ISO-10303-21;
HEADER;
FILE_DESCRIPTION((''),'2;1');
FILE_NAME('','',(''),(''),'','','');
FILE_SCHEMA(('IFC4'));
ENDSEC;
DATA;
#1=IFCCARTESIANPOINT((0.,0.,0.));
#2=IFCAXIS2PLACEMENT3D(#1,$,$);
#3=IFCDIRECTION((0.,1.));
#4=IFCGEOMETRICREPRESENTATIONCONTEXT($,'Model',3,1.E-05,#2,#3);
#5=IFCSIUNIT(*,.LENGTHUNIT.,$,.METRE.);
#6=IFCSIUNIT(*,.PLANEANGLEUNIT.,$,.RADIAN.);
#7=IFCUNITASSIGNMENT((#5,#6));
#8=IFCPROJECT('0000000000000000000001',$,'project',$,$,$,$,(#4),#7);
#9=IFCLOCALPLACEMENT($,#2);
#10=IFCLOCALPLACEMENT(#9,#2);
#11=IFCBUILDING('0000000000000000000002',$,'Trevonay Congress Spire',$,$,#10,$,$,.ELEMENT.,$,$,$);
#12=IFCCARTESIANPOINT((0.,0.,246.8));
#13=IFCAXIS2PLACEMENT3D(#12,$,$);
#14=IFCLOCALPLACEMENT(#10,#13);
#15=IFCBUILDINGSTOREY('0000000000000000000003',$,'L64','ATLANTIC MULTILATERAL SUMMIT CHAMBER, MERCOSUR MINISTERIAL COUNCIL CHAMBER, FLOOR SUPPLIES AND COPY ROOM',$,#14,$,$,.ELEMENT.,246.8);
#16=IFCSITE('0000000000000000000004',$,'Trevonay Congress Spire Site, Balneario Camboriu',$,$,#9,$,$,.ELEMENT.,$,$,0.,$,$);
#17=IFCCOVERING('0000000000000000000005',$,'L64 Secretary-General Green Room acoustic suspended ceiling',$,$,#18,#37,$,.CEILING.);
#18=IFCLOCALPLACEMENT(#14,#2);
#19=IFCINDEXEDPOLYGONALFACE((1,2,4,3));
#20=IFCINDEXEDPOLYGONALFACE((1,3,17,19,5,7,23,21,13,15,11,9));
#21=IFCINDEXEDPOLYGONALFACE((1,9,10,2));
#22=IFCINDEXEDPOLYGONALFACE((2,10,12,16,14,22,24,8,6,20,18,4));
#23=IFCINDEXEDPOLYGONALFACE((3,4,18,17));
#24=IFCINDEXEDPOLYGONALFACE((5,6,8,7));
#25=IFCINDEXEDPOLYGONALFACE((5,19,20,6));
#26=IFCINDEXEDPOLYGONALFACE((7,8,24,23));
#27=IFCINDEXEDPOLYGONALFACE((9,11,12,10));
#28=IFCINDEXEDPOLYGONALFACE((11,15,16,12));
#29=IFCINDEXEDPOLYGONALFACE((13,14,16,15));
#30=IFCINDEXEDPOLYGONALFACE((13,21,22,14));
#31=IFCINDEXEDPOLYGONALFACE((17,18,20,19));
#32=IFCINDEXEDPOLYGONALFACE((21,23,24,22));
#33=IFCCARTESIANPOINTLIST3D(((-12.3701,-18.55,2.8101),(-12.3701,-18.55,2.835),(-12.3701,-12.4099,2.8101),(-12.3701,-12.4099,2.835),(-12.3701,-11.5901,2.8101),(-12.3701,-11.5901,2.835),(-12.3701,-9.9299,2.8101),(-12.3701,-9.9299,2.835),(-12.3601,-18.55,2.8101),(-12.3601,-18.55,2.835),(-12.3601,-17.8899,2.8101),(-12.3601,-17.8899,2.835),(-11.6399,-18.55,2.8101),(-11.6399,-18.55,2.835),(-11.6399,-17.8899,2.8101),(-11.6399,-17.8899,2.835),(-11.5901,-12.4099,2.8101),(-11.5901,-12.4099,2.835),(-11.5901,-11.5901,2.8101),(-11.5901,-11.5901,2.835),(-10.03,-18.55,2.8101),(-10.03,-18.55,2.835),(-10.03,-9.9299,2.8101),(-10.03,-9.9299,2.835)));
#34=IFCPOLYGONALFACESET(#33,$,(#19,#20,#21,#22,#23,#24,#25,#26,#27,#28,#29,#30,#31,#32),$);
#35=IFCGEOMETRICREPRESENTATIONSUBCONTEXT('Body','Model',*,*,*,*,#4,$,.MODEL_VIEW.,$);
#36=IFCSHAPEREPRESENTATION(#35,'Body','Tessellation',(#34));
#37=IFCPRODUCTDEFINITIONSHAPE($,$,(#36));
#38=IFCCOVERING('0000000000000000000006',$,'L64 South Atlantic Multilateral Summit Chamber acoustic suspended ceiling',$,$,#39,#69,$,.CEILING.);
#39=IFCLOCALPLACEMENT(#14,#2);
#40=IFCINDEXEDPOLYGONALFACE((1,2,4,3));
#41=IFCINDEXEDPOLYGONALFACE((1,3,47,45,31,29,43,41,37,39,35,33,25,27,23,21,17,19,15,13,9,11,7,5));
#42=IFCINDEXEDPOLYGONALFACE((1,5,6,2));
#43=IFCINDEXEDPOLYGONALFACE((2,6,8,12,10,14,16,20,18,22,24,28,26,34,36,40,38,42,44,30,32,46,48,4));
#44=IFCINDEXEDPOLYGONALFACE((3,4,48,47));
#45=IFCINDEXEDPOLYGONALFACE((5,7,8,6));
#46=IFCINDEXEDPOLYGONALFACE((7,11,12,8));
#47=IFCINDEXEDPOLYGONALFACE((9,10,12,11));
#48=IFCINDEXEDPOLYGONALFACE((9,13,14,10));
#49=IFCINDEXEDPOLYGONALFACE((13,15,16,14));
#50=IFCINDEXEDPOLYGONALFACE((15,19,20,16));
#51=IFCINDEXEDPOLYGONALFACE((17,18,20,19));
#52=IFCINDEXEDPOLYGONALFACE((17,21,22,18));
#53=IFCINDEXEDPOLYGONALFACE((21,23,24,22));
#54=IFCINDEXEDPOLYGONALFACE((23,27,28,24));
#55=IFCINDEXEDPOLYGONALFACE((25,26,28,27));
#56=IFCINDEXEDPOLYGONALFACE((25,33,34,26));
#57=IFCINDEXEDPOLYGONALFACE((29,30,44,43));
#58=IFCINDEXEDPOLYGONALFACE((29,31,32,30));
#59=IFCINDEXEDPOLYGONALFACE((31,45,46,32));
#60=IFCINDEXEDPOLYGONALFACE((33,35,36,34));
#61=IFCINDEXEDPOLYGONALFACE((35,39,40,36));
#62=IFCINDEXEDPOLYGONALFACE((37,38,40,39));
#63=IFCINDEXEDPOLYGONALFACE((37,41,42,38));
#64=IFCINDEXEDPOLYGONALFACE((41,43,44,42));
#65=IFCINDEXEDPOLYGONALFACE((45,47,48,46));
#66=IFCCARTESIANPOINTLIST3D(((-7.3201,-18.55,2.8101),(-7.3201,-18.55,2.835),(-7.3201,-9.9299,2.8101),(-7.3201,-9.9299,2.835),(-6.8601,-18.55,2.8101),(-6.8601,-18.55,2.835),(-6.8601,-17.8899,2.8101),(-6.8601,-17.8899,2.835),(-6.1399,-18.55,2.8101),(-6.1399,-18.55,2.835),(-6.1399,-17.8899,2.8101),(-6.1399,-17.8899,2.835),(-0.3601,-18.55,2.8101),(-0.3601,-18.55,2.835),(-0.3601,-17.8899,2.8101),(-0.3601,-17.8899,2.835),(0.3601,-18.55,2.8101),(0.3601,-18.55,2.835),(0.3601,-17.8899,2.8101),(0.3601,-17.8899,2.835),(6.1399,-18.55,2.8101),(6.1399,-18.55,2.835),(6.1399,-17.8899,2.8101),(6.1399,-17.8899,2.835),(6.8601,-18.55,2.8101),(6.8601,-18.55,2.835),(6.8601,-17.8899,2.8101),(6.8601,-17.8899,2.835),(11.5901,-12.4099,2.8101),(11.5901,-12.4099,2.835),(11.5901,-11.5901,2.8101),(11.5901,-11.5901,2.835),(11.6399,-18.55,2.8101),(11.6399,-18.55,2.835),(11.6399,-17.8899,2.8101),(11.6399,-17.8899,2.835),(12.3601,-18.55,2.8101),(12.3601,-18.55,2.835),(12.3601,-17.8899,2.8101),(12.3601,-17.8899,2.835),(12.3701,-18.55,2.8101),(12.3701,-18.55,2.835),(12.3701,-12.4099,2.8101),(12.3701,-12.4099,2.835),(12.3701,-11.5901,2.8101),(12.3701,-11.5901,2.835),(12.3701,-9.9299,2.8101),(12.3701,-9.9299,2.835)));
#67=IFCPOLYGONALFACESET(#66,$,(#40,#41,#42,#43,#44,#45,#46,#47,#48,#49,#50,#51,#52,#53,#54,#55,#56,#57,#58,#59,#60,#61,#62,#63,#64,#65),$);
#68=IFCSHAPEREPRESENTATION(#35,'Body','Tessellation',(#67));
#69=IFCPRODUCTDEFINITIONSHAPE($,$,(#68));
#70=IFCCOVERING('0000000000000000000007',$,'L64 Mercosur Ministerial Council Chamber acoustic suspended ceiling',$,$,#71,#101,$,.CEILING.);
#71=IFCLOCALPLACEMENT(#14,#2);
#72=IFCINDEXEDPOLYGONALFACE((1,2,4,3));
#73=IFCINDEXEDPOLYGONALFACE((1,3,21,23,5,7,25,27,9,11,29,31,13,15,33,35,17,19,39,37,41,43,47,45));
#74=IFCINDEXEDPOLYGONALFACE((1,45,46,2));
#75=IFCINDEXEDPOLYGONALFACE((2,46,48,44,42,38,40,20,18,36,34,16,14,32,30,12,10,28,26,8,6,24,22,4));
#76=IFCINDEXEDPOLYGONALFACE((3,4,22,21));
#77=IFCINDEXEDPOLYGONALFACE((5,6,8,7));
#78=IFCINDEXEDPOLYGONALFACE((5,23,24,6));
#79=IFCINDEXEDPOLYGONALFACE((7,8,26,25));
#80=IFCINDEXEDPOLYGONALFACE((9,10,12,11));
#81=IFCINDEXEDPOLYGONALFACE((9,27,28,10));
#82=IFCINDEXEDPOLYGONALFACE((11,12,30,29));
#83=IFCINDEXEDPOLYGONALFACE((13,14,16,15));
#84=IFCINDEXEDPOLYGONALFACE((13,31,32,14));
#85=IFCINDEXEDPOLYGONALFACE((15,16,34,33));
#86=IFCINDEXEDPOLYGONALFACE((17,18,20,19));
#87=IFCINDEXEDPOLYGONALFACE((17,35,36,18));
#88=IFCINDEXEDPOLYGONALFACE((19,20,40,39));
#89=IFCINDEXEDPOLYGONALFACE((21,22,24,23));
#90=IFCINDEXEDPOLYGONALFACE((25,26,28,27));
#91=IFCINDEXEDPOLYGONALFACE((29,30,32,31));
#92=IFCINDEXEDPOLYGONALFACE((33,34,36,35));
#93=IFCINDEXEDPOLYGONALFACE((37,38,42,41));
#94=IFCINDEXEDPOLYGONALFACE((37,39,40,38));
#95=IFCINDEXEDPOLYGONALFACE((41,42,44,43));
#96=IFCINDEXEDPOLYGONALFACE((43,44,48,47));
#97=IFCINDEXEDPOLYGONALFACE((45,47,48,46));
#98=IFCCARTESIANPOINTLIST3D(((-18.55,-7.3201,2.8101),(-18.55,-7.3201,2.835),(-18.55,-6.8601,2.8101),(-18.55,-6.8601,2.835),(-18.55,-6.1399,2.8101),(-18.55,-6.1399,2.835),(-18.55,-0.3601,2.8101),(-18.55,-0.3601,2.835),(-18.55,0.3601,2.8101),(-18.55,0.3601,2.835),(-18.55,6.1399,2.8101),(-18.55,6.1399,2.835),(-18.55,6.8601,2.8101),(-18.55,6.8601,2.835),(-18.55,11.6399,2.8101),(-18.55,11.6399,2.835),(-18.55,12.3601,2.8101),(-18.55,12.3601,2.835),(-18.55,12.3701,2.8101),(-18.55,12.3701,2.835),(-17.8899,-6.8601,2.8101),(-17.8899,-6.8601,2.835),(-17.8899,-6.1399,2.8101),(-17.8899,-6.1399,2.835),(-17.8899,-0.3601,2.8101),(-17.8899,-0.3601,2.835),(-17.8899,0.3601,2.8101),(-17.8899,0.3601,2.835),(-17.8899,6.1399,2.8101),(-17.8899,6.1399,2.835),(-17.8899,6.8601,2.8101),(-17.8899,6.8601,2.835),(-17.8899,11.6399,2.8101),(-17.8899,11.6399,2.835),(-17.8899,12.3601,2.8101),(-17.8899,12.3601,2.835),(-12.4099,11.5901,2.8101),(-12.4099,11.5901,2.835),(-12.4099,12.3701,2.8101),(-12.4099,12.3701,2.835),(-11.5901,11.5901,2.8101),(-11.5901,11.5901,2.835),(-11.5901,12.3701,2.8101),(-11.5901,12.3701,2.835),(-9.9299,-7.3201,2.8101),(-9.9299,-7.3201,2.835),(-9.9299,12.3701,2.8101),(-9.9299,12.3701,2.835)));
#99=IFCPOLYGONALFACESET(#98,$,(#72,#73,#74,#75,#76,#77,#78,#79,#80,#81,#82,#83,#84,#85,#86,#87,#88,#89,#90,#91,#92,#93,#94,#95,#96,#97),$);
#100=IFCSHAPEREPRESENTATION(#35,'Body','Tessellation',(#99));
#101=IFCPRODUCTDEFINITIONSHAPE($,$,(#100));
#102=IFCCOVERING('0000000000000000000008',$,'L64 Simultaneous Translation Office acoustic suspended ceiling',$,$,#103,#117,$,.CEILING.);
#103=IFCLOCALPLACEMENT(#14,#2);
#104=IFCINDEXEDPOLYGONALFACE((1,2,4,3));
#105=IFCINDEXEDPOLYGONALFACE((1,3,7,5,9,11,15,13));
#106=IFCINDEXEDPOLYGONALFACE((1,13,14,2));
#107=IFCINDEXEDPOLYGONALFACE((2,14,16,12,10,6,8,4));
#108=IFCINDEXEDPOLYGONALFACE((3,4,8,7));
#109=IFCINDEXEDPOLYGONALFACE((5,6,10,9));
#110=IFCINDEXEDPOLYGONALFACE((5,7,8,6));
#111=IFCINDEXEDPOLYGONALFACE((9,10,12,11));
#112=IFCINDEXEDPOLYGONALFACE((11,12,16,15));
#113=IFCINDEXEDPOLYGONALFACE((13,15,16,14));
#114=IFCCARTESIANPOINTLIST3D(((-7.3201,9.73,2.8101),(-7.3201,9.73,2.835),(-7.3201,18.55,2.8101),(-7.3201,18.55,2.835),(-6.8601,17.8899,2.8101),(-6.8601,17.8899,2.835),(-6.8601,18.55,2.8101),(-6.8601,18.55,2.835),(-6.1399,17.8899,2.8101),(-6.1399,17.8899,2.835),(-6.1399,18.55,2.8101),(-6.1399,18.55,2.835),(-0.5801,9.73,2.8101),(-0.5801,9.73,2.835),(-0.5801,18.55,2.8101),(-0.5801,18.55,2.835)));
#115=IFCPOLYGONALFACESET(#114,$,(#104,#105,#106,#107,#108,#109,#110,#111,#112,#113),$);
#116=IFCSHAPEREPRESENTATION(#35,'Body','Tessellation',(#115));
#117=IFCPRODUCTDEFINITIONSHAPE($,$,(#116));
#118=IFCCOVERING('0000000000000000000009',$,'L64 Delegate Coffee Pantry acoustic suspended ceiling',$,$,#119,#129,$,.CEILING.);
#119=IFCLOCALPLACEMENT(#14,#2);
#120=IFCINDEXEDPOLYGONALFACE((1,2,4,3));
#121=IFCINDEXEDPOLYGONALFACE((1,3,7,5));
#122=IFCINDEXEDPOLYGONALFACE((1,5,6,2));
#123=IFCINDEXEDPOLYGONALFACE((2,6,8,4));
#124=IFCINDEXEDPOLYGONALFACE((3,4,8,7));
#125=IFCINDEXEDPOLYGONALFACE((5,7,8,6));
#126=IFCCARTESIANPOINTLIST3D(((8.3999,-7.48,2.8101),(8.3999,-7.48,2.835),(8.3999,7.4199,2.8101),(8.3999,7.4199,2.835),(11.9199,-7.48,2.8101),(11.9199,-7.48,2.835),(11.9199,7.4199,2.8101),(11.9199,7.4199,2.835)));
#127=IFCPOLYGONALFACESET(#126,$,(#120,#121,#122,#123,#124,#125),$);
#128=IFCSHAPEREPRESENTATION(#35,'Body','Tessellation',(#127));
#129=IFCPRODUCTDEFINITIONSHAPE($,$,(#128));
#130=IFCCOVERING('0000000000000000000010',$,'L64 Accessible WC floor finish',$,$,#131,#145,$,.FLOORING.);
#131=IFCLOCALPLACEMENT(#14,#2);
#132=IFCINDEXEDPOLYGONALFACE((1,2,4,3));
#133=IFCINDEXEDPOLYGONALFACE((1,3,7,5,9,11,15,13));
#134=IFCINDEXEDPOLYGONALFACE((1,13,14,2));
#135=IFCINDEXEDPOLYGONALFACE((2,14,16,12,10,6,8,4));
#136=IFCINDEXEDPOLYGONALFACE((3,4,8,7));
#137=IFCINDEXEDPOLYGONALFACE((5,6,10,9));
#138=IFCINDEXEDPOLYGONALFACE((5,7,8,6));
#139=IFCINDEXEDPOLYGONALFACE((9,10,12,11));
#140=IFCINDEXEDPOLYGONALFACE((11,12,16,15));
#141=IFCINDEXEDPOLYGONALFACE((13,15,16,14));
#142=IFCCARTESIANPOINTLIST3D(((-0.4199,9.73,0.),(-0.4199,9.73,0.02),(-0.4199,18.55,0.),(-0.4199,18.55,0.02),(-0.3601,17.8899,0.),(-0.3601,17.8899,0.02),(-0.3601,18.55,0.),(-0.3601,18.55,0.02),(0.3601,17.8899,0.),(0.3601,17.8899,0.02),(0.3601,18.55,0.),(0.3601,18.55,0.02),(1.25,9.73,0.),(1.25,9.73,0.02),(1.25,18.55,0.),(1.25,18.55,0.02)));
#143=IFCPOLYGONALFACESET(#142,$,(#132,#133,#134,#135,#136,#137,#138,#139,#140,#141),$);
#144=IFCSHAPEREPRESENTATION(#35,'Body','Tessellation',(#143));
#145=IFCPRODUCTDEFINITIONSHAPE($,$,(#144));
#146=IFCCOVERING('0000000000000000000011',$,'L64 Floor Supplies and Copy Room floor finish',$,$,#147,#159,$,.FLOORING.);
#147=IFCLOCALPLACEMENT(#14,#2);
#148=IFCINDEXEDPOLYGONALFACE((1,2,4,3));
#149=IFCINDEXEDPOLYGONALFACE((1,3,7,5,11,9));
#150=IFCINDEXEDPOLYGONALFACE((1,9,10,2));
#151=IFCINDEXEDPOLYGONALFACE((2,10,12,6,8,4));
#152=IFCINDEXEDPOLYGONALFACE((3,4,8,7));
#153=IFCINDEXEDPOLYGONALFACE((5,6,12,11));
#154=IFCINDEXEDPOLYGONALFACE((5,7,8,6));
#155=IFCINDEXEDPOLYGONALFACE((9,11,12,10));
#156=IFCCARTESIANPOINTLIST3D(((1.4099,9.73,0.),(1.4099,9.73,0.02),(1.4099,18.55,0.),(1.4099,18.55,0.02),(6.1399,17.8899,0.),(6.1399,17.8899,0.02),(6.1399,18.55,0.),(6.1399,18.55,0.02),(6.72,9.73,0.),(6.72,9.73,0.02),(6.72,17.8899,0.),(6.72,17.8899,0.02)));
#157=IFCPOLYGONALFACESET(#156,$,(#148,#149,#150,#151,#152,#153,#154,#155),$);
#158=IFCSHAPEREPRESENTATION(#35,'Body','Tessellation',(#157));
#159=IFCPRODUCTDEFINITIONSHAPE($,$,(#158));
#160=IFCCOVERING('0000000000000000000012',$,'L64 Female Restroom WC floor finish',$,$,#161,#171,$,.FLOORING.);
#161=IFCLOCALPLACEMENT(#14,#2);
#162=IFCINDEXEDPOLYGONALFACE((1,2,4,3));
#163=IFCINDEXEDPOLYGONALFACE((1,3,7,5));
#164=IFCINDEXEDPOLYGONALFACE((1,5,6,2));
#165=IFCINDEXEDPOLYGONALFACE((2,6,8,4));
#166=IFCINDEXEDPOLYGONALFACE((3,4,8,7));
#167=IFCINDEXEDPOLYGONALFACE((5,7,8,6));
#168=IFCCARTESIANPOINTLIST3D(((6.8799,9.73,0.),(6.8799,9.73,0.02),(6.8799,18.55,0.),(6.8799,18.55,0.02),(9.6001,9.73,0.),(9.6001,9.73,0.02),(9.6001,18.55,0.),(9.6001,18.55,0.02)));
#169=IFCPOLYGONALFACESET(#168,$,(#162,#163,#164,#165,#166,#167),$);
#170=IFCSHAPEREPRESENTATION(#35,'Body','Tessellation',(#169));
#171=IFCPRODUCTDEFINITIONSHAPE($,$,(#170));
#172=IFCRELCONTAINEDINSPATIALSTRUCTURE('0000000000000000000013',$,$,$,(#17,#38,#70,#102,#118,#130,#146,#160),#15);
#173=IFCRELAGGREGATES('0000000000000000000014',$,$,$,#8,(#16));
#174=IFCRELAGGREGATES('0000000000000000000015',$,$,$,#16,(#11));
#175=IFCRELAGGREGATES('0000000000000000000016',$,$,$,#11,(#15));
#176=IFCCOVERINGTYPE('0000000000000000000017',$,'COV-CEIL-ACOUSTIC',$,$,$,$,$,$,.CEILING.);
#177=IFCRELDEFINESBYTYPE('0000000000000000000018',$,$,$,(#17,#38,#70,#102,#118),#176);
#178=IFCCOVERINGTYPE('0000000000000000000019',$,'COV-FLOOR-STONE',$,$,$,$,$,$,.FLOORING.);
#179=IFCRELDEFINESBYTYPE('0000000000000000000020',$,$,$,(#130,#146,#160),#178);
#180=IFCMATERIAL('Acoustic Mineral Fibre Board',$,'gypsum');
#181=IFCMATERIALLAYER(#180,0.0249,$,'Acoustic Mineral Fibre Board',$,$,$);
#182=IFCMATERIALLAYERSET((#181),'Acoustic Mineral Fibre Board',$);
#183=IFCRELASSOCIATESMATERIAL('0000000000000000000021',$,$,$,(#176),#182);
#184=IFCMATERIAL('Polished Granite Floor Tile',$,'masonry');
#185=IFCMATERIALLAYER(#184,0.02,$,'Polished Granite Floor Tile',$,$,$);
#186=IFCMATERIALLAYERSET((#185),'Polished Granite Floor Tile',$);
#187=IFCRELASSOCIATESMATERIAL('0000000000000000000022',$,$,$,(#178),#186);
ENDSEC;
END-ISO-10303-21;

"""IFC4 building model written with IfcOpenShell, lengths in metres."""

from ifc_helpers import new_model, si_unit, direction, frame, origin, place, context, subcontext, project, spatial, polyline, outline, extrude, material, layer, layer_set, type_object, element, save


model = new_model("IFC4")

# Units and contexts
model_context = context("Model", 3, precision=1e-05, world=origin(), true_north=direction((0.0, 1.0)))
body_context = subcontext(model_context, "Body", "Model", "MODEL_VIEW")
ifc_project = project(units=[si_unit("LENGTHUNIT", "METRE"), si_unit("PLANEANGLEUNIT", "RADIAN")], contexts=[model_context])

# Site, building, storey
site_placement = place(None, origin())
site = spatial("IfcSite", under=ifc_project, at=site_placement, Name="Trevonay Congress Spire Site, Balneario Camboriu", CompositionType="ELEMENT", RefElevation=0.0)
building_placement = place(site_placement, origin())
building = spatial("IfcBuilding", under=site, at=building_placement, Name="Trevonay Congress Spire", CompositionType="ELEMENT")
storey_placement = place(building_placement, frame((0.0, 0.0, 246.8)))
storey = spatial("IfcBuildingStorey", under=building, at=storey_placement, Name="L64", Description="ATLANTIC MULTILATERAL SUMMIT CHAMBER, MERCOSUR MINISTERIAL COUNCIL CHAMBER, FLOOR SUPPLIES AND COPY ROOM", CompositionType="ELEMENT", Elevation=246.8)

# Coverings
ifc_material_1 = material(Name="Acoustic Mineral Fibre Board", Category="gypsum")
ifc_layer_1 = layer(ifc_material_1, 0.0249, Name="Acoustic Mineral Fibre Board")
ifc_layer_set_1 = layer_set([ifc_layer_1], Name="Acoustic Mineral Fibre Board")
covering_type_1 = type_object("IfcCoveringType", Name="COV-CEIL-ACOUSTIC", PredefinedType="CEILING", material=ifc_layer_set_1)
covering_1_placement = place(storey_placement, frame((0.0, 0.0, 2.8101)))
element("IfcCovering", 1, at=covering_1_placement, inside=storey, type_object=covering_type_1, Name="L64 Secretary-General Green Room acoustic suspended ceiling", PredefinedType="CEILING", context=body_context, shape_type="SweptSolid", body=[
    extrude(outline(polyline([(-12.3701, -18.55), (-12.3701, -12.4099), (-11.5901, -12.4099), (-11.5901, -11.5901), (-12.3701, -11.5901), (-12.3701, -9.9299), (-10.03, -9.9299), (-10.03, -18.55), (-11.6399, -18.55), (-11.6399, -17.8899), (-12.3601, -17.8899), (-12.3601, -18.55), (-12.3701, -18.55)])), origin(), (0.0, 0.0, 1.0), 0.0249),
])
covering_2_placement = place(storey_placement, frame((0.0, 0.0, 2.8101)))
element("IfcCovering", 2, at=covering_2_placement, inside=storey, type_object=covering_type_1, Name="L64 South Atlantic Multilateral Summit Chamber acoustic suspended ceiling", PredefinedType="CEILING", context=body_context, shape_type="SweptSolid", body=[
    extrude(outline(polyline([(-7.3201, -18.55), (-7.3201, -9.9299), (12.3701, -9.9299), (12.3701, -11.5901), (11.5901, -11.5901), (11.5901, -12.4099), (12.3701, -12.4099), (12.3701, -18.55), (12.3601, -18.55), (12.3601, -17.8899), (11.6399, -17.8899), (11.6399, -18.55), (6.8601, -18.55), (6.8601, -17.8899), (6.1399, -17.8899), (6.1399, -18.55), (0.3601, -18.55), (0.3601, -17.8899), (-0.3601, -17.8899), (-0.3601, -18.55), (-6.1399, -18.55), (-6.1399, -17.8899), (-6.8601, -17.8899), (-6.8601, -18.55), (-7.3201, -18.55)])), origin(), (0.0, 0.0, 1.0), 0.0249),
])
covering_3_placement = place(storey_placement, frame((0.0, 0.0, 2.8101)))
element("IfcCovering", 3, at=covering_3_placement, inside=storey, type_object=covering_type_1, Name="L64 Mercosur Ministerial Council Chamber acoustic suspended ceiling", PredefinedType="CEILING", context=body_context, shape_type="SweptSolid", body=[
    extrude(outline(polyline([(-9.9299, 12.3701), (-9.9299, -7.3201), (-18.55, -7.3201), (-18.55, -6.8601), (-17.8899, -6.8601), (-17.8899, -6.1399), (-18.55, -6.1399), (-18.55, -0.3601), (-17.8899, -0.3601), (-17.8899, 0.3601), (-18.55, 0.3601), (-18.55, 6.1399), (-17.8899, 6.1399), (-17.8899, 6.8601), (-18.55, 6.8601), (-18.55, 11.6399), (-17.8899, 11.6399), (-17.8899, 12.3601), (-18.55, 12.3601), (-18.55, 12.3701), (-12.4099, 12.3701), (-12.4099, 11.5901), (-11.5901, 11.5901), (-11.5901, 12.3701), (-9.9299, 12.3701)])), origin(), (0.0, 0.0, 1.0), 0.0249),
])
covering_4_placement = place(storey_placement, frame((0.0, 0.0, 2.8101)))
element("IfcCovering", 4, at=covering_4_placement, inside=storey, type_object=covering_type_1, Name="L64 Simultaneous Translation Office acoustic suspended ceiling", PredefinedType="CEILING", context=body_context, shape_type="SweptSolid", body=[
    extrude(outline(polyline([(-0.5801, 18.55), (-0.5801, 9.73), (-7.3201, 9.73), (-7.3201, 18.55), (-6.8601, 18.55), (-6.8601, 17.8899), (-6.1399, 17.8899), (-6.1399, 18.55), (-0.5801, 18.55)])), origin(), (0.0, 0.0, 1.0), 0.0249),
])
covering_5_placement = place(storey_placement, frame((0.0, 0.0, 2.8101)))
element("IfcCovering", 5, at=covering_5_placement, inside=storey, type_object=covering_type_1, Name="L64 Delegate Coffee Pantry acoustic suspended ceiling", PredefinedType="CEILING", context=body_context, shape_type="SweptSolid", body=[
    extrude(outline(polyline([(8.3999, -7.48), (11.9199, -7.48), (11.9199, 7.4199), (8.3999, 7.4199), (8.3999, -7.48)])), origin(), (0.0, 0.0, 1.0), 0.0249),
])
ifc_material_2 = material(Name="Polished Granite Floor Tile", Category="masonry")
ifc_layer_2 = layer(ifc_material_2, 0.02, Name="Polished Granite Floor Tile")
ifc_layer_set_2 = layer_set([ifc_layer_2], Name="Polished Granite Floor Tile")
covering_type_2 = type_object("IfcCoveringType", Name="COV-FLOOR-STONE", PredefinedType="FLOORING", material=ifc_layer_set_2)
covering_6_placement = place(storey_placement, origin())
element("IfcCovering", 6, at=covering_6_placement, inside=storey, type_object=covering_type_2, Name="L64 Accessible WC floor finish", PredefinedType="FLOORING", context=body_context, shape_type="SweptSolid", body=[
    extrude(outline(polyline([(1.25, 18.55), (1.25, 9.73), (-0.4199, 9.73), (-0.4199, 18.55), (-0.3601, 18.55), (-0.3601, 17.8899), (0.3601, 17.8899), (0.3601, 18.55), (1.25, 18.55)])), origin(), (0.0, 0.0, 1.0), 0.02),
])
covering_7_placement = place(storey_placement, origin())
element("IfcCovering", 7, at=covering_7_placement, inside=storey, type_object=covering_type_2, Name="L64 Floor Supplies and Copy Room floor finish", PredefinedType="FLOORING", context=body_context, shape_type="SweptSolid", body=[
    extrude(outline(polyline([(6.72, 9.73), (1.4099, 9.73), (1.4099, 18.55), (6.1399, 18.55), (6.1399, 17.8899), (6.72, 17.8899), (6.72, 9.73)])), origin(), (0.0, 0.0, 1.0), 0.02),
])
covering_8_placement = place(storey_placement, origin())
element("IfcCovering", 8, at=covering_8_placement, inside=storey, type_object=covering_type_2, Name="L64 Female Restroom WC floor finish", PredefinedType="FLOORING", context=body_context, shape_type="SweptSolid", body=[
    extrude(outline(polyline([(6.8799, 9.73), (9.6001, 9.73), (9.6001, 18.55), (6.8799, 18.55), (6.8799, 9.73)])), origin(), (0.0, 0.0, 1.0), 0.02),
])

save(model, "model.ifc")
